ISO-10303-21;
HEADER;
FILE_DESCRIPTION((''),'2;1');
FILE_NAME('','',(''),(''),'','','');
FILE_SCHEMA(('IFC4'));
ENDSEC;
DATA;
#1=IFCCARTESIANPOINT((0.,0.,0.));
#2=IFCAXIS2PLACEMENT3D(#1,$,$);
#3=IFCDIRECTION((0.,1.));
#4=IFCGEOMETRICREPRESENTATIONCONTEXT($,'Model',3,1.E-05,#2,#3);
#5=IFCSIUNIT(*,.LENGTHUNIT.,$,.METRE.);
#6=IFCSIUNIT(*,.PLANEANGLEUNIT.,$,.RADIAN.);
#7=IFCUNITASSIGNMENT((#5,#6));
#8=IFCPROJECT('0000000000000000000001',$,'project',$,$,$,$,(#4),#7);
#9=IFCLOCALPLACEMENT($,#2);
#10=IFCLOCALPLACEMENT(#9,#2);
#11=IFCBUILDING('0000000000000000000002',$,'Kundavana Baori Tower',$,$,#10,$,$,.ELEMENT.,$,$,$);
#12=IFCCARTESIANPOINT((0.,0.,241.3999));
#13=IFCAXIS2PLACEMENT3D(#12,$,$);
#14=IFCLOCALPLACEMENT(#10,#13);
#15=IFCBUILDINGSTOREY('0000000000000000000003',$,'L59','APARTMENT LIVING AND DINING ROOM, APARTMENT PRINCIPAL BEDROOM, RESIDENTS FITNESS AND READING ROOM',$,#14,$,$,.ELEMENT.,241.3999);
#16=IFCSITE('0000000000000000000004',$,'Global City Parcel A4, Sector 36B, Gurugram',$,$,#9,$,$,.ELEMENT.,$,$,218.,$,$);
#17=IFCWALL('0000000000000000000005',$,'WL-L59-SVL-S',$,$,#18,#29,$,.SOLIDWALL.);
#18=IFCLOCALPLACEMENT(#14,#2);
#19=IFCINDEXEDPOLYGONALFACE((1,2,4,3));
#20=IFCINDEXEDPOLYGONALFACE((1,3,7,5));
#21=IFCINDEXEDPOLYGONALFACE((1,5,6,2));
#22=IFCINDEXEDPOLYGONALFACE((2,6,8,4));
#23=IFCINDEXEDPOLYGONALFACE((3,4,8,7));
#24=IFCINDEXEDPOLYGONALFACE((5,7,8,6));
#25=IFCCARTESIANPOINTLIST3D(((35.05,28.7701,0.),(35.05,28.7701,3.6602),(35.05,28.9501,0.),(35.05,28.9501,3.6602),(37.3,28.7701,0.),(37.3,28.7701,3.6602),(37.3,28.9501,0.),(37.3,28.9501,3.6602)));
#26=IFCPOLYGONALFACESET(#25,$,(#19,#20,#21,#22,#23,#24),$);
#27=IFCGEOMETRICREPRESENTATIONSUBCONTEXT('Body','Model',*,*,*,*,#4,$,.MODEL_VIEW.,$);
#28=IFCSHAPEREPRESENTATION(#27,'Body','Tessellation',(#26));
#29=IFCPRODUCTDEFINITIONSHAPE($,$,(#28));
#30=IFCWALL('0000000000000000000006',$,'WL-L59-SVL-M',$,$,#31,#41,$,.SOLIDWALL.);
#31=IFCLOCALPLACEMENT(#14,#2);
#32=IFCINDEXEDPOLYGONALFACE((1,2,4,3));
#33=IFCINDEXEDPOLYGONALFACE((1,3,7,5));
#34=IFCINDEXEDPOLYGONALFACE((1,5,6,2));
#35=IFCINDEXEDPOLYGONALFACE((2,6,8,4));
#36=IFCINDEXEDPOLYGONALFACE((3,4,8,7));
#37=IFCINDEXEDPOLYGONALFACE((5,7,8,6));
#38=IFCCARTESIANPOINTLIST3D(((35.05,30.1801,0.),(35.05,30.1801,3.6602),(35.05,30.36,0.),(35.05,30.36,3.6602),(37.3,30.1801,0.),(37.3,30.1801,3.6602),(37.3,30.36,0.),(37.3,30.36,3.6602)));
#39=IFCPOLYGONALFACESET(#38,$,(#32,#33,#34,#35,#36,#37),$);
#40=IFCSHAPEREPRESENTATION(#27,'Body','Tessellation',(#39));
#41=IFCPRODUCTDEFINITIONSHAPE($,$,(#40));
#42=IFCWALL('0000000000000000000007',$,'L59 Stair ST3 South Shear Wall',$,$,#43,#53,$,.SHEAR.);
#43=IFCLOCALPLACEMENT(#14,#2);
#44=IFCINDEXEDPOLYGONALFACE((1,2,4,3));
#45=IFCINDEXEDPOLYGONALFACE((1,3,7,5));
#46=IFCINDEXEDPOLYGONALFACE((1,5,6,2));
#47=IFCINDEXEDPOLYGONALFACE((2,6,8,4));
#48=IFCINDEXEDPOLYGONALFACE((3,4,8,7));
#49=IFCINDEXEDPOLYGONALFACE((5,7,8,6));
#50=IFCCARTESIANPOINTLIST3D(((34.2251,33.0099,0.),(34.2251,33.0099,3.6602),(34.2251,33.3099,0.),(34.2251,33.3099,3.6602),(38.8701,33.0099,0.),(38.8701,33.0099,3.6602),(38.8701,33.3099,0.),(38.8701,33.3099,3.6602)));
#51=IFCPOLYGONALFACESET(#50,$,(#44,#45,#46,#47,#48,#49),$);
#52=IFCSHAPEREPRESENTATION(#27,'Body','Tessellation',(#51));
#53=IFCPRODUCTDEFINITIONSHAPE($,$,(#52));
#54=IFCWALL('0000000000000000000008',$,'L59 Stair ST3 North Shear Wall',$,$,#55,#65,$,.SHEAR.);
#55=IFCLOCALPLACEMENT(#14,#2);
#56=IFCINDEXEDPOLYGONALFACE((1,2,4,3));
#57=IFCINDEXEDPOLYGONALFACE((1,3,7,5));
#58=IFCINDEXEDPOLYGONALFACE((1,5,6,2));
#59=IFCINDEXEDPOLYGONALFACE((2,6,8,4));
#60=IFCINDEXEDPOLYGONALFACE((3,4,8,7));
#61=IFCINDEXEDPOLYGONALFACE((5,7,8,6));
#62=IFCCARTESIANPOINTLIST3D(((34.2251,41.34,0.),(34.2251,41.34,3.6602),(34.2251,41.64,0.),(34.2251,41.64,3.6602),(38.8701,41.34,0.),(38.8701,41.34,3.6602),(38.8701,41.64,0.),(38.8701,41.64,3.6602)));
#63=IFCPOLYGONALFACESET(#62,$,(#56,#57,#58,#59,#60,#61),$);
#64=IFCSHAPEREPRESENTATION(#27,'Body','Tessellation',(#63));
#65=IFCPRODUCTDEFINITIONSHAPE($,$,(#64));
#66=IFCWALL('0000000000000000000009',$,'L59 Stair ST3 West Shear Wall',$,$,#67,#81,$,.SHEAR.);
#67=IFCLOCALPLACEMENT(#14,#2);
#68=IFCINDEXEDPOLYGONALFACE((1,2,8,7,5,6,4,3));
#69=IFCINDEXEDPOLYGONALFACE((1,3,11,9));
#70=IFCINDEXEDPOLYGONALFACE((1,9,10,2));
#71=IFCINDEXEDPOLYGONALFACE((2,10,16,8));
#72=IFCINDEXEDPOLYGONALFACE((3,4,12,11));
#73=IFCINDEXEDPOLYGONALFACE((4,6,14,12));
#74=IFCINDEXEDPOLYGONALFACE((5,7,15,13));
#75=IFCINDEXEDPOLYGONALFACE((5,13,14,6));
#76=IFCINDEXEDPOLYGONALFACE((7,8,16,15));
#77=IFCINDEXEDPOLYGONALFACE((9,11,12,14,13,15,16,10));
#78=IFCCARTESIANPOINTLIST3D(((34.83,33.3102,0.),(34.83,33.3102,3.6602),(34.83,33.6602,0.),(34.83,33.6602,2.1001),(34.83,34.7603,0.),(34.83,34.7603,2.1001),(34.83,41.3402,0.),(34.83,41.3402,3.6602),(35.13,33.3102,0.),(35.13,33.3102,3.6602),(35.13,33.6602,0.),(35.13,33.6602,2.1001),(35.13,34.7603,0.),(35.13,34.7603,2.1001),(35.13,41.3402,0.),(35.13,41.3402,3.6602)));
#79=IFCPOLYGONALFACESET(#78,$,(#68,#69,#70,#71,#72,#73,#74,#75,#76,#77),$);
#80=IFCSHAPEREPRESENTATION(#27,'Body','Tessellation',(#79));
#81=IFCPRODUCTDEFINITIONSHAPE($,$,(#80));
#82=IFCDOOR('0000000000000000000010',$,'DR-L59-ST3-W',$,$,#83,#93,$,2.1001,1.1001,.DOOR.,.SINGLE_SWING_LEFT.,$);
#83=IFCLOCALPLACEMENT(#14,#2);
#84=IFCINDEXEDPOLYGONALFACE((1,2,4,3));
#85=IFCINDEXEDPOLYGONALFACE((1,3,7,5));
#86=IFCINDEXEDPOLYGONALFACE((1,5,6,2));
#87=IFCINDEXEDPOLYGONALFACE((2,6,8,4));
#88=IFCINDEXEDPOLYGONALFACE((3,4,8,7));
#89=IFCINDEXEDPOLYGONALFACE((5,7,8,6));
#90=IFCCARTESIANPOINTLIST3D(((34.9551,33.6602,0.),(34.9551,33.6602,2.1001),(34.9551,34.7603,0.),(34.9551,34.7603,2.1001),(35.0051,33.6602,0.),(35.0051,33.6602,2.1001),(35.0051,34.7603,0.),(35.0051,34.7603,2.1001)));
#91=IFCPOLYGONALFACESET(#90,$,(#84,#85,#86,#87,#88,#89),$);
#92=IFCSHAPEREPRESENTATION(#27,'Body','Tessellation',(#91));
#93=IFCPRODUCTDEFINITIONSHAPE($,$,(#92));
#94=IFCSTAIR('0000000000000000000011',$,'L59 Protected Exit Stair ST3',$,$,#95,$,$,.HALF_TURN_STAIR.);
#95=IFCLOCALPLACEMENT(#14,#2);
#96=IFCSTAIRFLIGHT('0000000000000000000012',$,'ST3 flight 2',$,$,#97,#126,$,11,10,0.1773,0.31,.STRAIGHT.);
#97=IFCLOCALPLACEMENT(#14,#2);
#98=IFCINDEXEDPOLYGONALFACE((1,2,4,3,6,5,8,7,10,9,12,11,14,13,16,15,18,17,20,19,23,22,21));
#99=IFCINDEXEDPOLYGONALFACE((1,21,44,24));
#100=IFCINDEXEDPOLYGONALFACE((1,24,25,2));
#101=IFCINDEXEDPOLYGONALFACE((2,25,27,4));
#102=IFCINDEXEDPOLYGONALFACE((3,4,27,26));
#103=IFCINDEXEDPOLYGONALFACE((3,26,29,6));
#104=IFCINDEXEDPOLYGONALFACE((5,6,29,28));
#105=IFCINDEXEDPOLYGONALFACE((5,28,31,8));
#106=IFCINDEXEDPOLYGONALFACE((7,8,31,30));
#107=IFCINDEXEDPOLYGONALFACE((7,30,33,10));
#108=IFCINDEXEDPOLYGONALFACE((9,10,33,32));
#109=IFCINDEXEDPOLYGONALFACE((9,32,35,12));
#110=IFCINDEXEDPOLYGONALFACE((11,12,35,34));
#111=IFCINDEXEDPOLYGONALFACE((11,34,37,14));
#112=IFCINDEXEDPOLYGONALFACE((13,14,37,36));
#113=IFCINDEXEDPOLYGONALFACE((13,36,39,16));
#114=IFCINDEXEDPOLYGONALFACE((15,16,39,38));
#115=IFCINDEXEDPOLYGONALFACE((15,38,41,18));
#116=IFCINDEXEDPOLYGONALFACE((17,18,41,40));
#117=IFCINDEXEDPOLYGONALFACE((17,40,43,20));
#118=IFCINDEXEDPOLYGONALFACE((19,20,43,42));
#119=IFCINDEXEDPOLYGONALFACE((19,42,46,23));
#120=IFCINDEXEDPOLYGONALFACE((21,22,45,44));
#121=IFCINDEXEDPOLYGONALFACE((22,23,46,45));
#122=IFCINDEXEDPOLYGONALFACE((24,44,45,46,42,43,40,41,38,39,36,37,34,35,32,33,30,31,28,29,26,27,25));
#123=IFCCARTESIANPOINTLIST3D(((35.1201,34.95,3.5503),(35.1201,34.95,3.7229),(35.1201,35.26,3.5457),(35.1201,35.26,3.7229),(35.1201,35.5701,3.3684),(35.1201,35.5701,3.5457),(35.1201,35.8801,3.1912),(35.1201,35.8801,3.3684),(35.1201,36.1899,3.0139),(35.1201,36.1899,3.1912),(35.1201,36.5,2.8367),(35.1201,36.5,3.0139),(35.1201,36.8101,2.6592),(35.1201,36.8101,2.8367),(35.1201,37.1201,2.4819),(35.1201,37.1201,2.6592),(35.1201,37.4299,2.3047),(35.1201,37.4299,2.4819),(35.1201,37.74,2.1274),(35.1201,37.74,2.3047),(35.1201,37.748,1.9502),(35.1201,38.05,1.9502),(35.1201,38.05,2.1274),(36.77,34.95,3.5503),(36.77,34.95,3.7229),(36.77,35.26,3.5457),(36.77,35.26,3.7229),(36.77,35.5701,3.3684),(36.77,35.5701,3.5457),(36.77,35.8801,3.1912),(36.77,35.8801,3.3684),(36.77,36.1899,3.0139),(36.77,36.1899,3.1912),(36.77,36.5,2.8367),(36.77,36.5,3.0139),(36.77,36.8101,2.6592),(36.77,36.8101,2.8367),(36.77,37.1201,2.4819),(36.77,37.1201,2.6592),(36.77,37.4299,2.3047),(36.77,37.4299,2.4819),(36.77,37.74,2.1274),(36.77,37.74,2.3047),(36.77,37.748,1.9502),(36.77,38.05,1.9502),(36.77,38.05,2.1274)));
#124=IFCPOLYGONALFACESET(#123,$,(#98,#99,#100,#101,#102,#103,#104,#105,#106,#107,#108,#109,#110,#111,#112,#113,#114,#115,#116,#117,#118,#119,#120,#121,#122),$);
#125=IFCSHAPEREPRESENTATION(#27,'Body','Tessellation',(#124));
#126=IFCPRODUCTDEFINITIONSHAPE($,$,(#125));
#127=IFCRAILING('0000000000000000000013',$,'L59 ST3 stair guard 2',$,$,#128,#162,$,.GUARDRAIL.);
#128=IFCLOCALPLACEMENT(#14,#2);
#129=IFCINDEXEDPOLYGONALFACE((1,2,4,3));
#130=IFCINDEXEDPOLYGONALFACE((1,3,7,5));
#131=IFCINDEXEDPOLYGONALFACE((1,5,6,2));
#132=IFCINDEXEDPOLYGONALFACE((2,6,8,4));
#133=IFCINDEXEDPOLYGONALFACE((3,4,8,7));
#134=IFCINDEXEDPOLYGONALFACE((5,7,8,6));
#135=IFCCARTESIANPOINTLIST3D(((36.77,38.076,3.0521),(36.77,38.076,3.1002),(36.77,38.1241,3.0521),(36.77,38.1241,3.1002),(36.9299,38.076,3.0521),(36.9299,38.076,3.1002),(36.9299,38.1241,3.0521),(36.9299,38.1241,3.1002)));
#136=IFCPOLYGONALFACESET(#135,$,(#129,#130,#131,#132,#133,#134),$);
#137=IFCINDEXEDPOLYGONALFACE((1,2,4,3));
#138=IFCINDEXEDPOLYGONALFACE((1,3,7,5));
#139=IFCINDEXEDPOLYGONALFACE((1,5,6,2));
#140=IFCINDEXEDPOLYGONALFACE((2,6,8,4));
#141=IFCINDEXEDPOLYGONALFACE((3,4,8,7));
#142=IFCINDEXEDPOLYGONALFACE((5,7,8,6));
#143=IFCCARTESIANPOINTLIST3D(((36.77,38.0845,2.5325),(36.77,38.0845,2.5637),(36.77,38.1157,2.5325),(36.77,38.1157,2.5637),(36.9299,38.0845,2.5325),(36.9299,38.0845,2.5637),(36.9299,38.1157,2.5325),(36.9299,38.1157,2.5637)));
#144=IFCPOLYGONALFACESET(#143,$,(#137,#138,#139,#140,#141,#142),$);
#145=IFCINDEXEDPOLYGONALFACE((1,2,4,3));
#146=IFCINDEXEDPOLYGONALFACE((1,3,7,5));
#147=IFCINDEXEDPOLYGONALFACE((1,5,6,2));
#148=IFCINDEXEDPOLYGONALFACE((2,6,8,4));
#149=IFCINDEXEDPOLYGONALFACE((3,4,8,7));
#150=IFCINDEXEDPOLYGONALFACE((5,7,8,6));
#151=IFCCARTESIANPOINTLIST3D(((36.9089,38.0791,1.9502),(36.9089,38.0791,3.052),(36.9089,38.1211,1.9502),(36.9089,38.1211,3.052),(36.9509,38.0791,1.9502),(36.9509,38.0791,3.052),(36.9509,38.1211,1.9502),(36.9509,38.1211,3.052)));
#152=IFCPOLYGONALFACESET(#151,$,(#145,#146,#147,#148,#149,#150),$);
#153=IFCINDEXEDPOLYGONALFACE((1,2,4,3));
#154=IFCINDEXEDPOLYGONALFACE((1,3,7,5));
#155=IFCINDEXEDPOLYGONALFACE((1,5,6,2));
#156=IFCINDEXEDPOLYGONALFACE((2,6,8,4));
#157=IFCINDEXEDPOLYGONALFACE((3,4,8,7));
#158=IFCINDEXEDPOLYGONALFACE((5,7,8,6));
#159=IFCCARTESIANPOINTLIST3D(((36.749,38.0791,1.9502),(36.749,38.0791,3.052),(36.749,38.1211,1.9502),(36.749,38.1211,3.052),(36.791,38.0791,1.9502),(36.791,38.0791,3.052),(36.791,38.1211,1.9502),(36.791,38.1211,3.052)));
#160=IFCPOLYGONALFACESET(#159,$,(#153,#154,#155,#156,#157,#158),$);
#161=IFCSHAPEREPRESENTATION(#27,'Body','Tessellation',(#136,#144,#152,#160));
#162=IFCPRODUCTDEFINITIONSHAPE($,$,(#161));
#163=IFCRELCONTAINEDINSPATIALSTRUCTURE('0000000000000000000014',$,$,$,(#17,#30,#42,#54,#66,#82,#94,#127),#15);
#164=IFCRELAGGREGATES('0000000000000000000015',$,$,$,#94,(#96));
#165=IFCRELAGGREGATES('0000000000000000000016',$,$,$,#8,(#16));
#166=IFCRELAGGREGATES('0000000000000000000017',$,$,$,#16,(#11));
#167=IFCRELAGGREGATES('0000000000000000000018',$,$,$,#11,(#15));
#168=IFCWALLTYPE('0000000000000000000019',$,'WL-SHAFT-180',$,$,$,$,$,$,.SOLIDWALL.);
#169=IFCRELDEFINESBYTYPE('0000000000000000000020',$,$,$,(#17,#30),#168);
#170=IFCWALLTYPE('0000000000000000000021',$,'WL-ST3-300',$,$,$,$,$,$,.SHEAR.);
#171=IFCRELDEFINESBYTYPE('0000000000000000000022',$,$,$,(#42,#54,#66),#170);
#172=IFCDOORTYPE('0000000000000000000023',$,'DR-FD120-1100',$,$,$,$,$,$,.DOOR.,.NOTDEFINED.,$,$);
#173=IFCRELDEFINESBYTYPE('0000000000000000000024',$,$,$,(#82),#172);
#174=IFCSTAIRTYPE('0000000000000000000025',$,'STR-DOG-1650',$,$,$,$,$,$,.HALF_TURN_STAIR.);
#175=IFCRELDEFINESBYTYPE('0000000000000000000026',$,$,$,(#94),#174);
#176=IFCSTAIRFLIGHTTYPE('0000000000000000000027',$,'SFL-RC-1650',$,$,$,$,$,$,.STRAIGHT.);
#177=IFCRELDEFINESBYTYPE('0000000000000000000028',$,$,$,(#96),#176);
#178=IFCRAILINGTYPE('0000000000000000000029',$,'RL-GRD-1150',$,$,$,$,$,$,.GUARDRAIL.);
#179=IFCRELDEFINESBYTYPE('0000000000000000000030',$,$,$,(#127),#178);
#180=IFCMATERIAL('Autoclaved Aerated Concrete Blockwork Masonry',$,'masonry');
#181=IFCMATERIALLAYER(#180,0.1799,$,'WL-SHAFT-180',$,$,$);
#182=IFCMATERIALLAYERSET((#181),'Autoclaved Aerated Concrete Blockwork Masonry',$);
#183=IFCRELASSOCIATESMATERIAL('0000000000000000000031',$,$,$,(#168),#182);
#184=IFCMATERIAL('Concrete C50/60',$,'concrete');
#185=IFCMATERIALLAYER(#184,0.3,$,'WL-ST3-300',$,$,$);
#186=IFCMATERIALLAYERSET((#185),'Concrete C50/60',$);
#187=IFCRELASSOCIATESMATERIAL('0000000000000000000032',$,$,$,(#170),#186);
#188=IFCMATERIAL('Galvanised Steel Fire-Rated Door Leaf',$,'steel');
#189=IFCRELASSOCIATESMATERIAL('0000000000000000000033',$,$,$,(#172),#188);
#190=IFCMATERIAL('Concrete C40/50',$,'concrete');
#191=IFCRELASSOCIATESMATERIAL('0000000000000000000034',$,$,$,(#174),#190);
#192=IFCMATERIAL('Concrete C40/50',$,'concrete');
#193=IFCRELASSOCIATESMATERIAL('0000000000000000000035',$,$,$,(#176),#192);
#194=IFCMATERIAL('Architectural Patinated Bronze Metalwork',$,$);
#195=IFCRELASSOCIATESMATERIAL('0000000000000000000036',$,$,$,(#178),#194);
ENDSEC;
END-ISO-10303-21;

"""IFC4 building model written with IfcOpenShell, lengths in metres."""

from ifc_helpers import new_model, si_unit, direction, frame, frame_2d, origin, origin_2d, place, context, subcontext, project, spatial, polyline, rectangle, outline, extrude, material, layer, layer_set, type_object, element, fill, aggregate, save


model = new_model("IFC4")

# Units and contexts
model_context = context("Model", 3, precision=1e-05, world=origin(), true_north=direction((0.0, 1.0)))
body_context = subcontext(model_context, "Body", "Model", "MODEL_VIEW")
ifc_project = project(units=[si_unit("LENGTHUNIT", "METRE"), si_unit("PLANEANGLEUNIT", "RADIAN")], contexts=[model_context])

# Site, building, storey
site_placement = place(None, origin())
site = spatial("IfcSite", under=ifc_project, at=site_placement, Name="Global City Parcel A4, Sector 36B, Gurugram", CompositionType="ELEMENT", RefElevation=218.0)
building_placement = place(site_placement, origin())
building = spatial("IfcBuilding", under=site, at=building_placement, Name="Kundavana Baori Tower", CompositionType="ELEMENT")
storey_placement = place(building_placement, frame((0.0, 0.0, 241.3999)))
storey = spatial("IfcBuildingStorey", under=building, at=storey_placement, Name="L59", Description="APARTMENT LIVING AND DINING ROOM, APARTMENT PRINCIPAL BEDROOM, RESIDENTS FITNESS AND READING ROOM", CompositionType="ELEMENT", Elevation=241.3999)

# Walls
ifc_material_1 = material(Name="Autoclaved Aerated Concrete Blockwork Masonry", Category="masonry")
ifc_layer_1 = layer(ifc_material_1, 0.1799, Name="WL-SHAFT-180")
ifc_layer_set_1 = layer_set([ifc_layer_1], Name="Autoclaved Aerated Concrete Blockwork Masonry")
wall_type_1 = type_object("IfcWallType", Name="WL-SHAFT-180", PredefinedType="SOLIDWALL", material=ifc_layer_set_1)
for number, where, z_axis, x_axis, name in (
    (1, (35.05, 28.8601, 0.0), (0.0, 0.0, 1.0), (1.0, 0.0, 0.0), "WL-L59-SVL-S"),
    (2, (35.05, 30.27, 0.0), (0.0, 0.0, 1.0), (1.0, 0.0, 0.0), "WL-L59-SVL-M"),
):
    element("IfcWall", number, at=place(storey_placement, frame(where, z_axis=z_axis, x_axis=x_axis)), inside=storey, type_object=wall_type_1, Name=name, PredefinedType="SOLIDWALL", context=body_context, shape_type="SweptSolid", body=[
        extrude(rectangle(XDim=2.25, YDim=0.1799, at=frame_2d((1.125, 0.0))), origin(), (0.0, 0.0, 1.0), 3.6602),
    ])
ifc_material_2 = material(Name="Concrete C50/60", Category="concrete")
ifc_layer_2 = layer(ifc_material_2, 0.3, Name="WL-ST3-300")
ifc_layer_set_2 = layer_set([ifc_layer_2], Name="Concrete C50/60")
wall_type_2 = type_object("IfcWallType", Name="WL-ST3-300", PredefinedType="SHEAR", material=ifc_layer_set_2)
for number, where, z_axis, x_axis, name in (
    (3, (34.2251, 33.1599, 0.0), (0.0, 0.0, 1.0), (1.0, 0.0, 0.0), "L59 Stair ST3 South Shear Wall"),
    (4, (34.2251, 41.49, 0.0), (0.0, 0.0, 1.0), (1.0, 0.0, 0.0), "L59 Stair ST3 North Shear Wall"),
):
    element("IfcWall", number, at=place(storey_placement, frame(where, z_axis=z_axis, x_axis=x_axis)), inside=storey, type_object=wall_type_2, Name=name, PredefinedType="SHEAR", context=body_context, shape_type="SweptSolid", body=[
        extrude(rectangle(XDim=4.645, YDim=0.3, at=frame_2d((2.3225, 0.0))), origin(), (0.0, 0.0, 1.0), 3.6602),
    ])

# Wall, opening, door
wall_1_placement = place(storey_placement, frame((34.98, 33.3101, 0.0), z_axis=(0.0, 0.0, 1.0), x_axis=(0.0, 1.0, 0.0)))
wall_1 = element("IfcWall", 5, at=wall_1_placement, inside=storey, type_object=wall_type_2, Name="L59 Stair ST3 West Shear Wall", PredefinedType="SHEAR", context=body_context, shape_type="SweptSolid", body=[
    extrude(rectangle(XDim=8.03, YDim=0.3, at=frame_2d((4.0151, 0.0))), origin(), (0.0, 0.0, 1.0), 3.6602),
])
opening_1_placement = place(wall_1_placement, frame((0.3501, 0.0, 0.0)))
opening_1 = element("IfcOpeningElement", 6, at=opening_1_placement, cuts=wall_1, PredefinedType="OPENING", context=body_context, shape_type="SweptSolid", body=[
    extrude(rectangle(XDim=1.1001, YDim=2.1001, at=frame_2d((0.55, 1.05))), frame((0.0, 0.1602, 0.0), z_axis=(0.0, -1.0, 0.0), x_axis=(1.0, 0.0, 0.0)), (0.0, 0.0, 1.0), 0.3201),
])
ifc_material_3 = material(Name="Galvanised Steel Fire-Rated Door Leaf", Category="steel")
door_type_1 = type_object("IfcDoorType", Name="DR-FD120-1100", OperationType="NOTDEFINED", PredefinedType="DOOR", material=ifc_material_3)
door_1_placement = place(opening_1_placement, origin())
door_1 = element("IfcDoor", 7, at=door_1_placement, inside=storey, type_object=door_type_1, Name="DR-L59-ST3-W", OperationType="SINGLE_SWING_LEFT", OverallHeight=2.1001, OverallWidth=1.1001, PredefinedType="DOOR", context=body_context, shape_type="SweptSolid", body=[
    extrude(rectangle(XDim=1.1001, YDim=2.1001, at=frame_2d((0.55, 1.05))), frame((0.0, 0.0249, 0.0), z_axis=(0.0, -1.0, 0.0), x_axis=(1.0, 0.0, 0.0)), (0.0, 0.0, 1.0), 0.05),
])
fill(opening_1, door_1)

# Stair, stair flight
ifc_material_4 = material(Name="Concrete C40/50", Category="concrete")
stair_type = type_object("IfcStairType", Name="STR-DOG-1650", PredefinedType="HALF_TURN_STAIR", material=ifc_material_4)
stair_placement = place(storey_placement, origin())
stair = element("IfcStair", 8, at=stair_placement, inside=storey, type_object=stair_type, Name="L59 Protected Exit Stair ST3", PredefinedType="HALF_TURN_STAIR")
ifc_material_5 = material(Name="Concrete C40/50", Category="concrete")
stair_flight_type = type_object("IfcStairFlightType", Name="SFL-RC-1650", PredefinedType="STRAIGHT", material=ifc_material_5)
stair_flight_placement = place(storey_placement, frame((35.9451, 38.05, 1.9502), z_axis=(0.0, 0.0, 1.0), x_axis=(0.0, -1.0, 0.0)))
stair_flight = element("IfcStairFlight", 9, at=stair_flight_placement, type_object=stair_flight_type, Name="ST3 flight 2", NumberOfRisers=11, NumberOfTreads=10, PredefinedType="STRAIGHT", RiserHeight=0.1773, TreadLength=0.31, context=body_context, shape_type="SweptSolid", body=[
    extrude(outline(polyline([(0.0, 0.0), (0.0, 0.1772), (0.3101, 0.1772), (0.3101, 0.3545), (0.6201, 0.3545), (0.6201, 0.5317), (0.9299, 0.5317), (0.9299, 0.709), (1.24, 0.709), (1.24, 0.8865), (1.55, 0.8865), (1.55, 1.0637), (1.8601, 1.0637), (1.8601, 1.241), (2.1699, 1.241), (2.1699, 1.4182), (2.48, 1.4182), (2.48, 1.5955), (2.79, 1.5955), (2.79, 1.7727), (3.1001, 1.7727), (3.1001, 1.95), (3.1001, 1.6001), (0.302, 0.0), (0.0, 0.0)])), frame((0.0, 0.825, 0.0), z_axis=(0.0, -1.0, 0.0), x_axis=(1.0, 0.0, 0.0)), (0.0, 0.0, 1.0), 1.6499),
])
aggregate(stair, [stair_flight])

# Railing
ifc_material_6 = material(Name="Architectural Patinated Bronze Metalwork")
railing_type_1 = type_object("IfcRailingType", Name="RL-GRD-1150", PredefinedType="GUARDRAIL", material=ifc_material_6)
railing_1_placement = place(storey_placement, frame((36.9299, 38.1001, 1.9502)))
element("IfcRailing", 10, at=railing_1_placement, inside=storey, type_object=railing_type_1, Name="L59 ST3 stair guard 2", PredefinedType="GUARDRAIL", context=body_context, shape_type="SweptSolid", body=[
    extrude(rectangle(XDim=0.0481, YDim=0.0481, at=origin_2d()), frame((0.0, 0.0, 1.126), z_axis=(-1.0, 0.0, 0.0), x_axis=(0.0, -1.0, 0.0)), (0.0, 0.0, 1.0), 0.1599),
    extrude(rectangle(XDim=0.0312, YDim=0.0312, at=origin_2d()), frame((0.0, 0.0, 0.5979), z_axis=(-1.0, 0.0, 0.0), x_axis=(0.0, -1.0, 0.0)), (0.0, 0.0, 1.0), 0.1599),
    extrude(rectangle(XDim=0.042, YDim=0.042, at=origin_2d()), origin(), (0.0, 0.0, 1.0), 1.1018),
    extrude(rectangle(XDim=0.042, YDim=0.042, at=origin_2d()), frame((-0.1599, 0.0, 0.0)), (0.0, 0.0, 1.0), 1.1018),
])

save(model, "model.ifc")
